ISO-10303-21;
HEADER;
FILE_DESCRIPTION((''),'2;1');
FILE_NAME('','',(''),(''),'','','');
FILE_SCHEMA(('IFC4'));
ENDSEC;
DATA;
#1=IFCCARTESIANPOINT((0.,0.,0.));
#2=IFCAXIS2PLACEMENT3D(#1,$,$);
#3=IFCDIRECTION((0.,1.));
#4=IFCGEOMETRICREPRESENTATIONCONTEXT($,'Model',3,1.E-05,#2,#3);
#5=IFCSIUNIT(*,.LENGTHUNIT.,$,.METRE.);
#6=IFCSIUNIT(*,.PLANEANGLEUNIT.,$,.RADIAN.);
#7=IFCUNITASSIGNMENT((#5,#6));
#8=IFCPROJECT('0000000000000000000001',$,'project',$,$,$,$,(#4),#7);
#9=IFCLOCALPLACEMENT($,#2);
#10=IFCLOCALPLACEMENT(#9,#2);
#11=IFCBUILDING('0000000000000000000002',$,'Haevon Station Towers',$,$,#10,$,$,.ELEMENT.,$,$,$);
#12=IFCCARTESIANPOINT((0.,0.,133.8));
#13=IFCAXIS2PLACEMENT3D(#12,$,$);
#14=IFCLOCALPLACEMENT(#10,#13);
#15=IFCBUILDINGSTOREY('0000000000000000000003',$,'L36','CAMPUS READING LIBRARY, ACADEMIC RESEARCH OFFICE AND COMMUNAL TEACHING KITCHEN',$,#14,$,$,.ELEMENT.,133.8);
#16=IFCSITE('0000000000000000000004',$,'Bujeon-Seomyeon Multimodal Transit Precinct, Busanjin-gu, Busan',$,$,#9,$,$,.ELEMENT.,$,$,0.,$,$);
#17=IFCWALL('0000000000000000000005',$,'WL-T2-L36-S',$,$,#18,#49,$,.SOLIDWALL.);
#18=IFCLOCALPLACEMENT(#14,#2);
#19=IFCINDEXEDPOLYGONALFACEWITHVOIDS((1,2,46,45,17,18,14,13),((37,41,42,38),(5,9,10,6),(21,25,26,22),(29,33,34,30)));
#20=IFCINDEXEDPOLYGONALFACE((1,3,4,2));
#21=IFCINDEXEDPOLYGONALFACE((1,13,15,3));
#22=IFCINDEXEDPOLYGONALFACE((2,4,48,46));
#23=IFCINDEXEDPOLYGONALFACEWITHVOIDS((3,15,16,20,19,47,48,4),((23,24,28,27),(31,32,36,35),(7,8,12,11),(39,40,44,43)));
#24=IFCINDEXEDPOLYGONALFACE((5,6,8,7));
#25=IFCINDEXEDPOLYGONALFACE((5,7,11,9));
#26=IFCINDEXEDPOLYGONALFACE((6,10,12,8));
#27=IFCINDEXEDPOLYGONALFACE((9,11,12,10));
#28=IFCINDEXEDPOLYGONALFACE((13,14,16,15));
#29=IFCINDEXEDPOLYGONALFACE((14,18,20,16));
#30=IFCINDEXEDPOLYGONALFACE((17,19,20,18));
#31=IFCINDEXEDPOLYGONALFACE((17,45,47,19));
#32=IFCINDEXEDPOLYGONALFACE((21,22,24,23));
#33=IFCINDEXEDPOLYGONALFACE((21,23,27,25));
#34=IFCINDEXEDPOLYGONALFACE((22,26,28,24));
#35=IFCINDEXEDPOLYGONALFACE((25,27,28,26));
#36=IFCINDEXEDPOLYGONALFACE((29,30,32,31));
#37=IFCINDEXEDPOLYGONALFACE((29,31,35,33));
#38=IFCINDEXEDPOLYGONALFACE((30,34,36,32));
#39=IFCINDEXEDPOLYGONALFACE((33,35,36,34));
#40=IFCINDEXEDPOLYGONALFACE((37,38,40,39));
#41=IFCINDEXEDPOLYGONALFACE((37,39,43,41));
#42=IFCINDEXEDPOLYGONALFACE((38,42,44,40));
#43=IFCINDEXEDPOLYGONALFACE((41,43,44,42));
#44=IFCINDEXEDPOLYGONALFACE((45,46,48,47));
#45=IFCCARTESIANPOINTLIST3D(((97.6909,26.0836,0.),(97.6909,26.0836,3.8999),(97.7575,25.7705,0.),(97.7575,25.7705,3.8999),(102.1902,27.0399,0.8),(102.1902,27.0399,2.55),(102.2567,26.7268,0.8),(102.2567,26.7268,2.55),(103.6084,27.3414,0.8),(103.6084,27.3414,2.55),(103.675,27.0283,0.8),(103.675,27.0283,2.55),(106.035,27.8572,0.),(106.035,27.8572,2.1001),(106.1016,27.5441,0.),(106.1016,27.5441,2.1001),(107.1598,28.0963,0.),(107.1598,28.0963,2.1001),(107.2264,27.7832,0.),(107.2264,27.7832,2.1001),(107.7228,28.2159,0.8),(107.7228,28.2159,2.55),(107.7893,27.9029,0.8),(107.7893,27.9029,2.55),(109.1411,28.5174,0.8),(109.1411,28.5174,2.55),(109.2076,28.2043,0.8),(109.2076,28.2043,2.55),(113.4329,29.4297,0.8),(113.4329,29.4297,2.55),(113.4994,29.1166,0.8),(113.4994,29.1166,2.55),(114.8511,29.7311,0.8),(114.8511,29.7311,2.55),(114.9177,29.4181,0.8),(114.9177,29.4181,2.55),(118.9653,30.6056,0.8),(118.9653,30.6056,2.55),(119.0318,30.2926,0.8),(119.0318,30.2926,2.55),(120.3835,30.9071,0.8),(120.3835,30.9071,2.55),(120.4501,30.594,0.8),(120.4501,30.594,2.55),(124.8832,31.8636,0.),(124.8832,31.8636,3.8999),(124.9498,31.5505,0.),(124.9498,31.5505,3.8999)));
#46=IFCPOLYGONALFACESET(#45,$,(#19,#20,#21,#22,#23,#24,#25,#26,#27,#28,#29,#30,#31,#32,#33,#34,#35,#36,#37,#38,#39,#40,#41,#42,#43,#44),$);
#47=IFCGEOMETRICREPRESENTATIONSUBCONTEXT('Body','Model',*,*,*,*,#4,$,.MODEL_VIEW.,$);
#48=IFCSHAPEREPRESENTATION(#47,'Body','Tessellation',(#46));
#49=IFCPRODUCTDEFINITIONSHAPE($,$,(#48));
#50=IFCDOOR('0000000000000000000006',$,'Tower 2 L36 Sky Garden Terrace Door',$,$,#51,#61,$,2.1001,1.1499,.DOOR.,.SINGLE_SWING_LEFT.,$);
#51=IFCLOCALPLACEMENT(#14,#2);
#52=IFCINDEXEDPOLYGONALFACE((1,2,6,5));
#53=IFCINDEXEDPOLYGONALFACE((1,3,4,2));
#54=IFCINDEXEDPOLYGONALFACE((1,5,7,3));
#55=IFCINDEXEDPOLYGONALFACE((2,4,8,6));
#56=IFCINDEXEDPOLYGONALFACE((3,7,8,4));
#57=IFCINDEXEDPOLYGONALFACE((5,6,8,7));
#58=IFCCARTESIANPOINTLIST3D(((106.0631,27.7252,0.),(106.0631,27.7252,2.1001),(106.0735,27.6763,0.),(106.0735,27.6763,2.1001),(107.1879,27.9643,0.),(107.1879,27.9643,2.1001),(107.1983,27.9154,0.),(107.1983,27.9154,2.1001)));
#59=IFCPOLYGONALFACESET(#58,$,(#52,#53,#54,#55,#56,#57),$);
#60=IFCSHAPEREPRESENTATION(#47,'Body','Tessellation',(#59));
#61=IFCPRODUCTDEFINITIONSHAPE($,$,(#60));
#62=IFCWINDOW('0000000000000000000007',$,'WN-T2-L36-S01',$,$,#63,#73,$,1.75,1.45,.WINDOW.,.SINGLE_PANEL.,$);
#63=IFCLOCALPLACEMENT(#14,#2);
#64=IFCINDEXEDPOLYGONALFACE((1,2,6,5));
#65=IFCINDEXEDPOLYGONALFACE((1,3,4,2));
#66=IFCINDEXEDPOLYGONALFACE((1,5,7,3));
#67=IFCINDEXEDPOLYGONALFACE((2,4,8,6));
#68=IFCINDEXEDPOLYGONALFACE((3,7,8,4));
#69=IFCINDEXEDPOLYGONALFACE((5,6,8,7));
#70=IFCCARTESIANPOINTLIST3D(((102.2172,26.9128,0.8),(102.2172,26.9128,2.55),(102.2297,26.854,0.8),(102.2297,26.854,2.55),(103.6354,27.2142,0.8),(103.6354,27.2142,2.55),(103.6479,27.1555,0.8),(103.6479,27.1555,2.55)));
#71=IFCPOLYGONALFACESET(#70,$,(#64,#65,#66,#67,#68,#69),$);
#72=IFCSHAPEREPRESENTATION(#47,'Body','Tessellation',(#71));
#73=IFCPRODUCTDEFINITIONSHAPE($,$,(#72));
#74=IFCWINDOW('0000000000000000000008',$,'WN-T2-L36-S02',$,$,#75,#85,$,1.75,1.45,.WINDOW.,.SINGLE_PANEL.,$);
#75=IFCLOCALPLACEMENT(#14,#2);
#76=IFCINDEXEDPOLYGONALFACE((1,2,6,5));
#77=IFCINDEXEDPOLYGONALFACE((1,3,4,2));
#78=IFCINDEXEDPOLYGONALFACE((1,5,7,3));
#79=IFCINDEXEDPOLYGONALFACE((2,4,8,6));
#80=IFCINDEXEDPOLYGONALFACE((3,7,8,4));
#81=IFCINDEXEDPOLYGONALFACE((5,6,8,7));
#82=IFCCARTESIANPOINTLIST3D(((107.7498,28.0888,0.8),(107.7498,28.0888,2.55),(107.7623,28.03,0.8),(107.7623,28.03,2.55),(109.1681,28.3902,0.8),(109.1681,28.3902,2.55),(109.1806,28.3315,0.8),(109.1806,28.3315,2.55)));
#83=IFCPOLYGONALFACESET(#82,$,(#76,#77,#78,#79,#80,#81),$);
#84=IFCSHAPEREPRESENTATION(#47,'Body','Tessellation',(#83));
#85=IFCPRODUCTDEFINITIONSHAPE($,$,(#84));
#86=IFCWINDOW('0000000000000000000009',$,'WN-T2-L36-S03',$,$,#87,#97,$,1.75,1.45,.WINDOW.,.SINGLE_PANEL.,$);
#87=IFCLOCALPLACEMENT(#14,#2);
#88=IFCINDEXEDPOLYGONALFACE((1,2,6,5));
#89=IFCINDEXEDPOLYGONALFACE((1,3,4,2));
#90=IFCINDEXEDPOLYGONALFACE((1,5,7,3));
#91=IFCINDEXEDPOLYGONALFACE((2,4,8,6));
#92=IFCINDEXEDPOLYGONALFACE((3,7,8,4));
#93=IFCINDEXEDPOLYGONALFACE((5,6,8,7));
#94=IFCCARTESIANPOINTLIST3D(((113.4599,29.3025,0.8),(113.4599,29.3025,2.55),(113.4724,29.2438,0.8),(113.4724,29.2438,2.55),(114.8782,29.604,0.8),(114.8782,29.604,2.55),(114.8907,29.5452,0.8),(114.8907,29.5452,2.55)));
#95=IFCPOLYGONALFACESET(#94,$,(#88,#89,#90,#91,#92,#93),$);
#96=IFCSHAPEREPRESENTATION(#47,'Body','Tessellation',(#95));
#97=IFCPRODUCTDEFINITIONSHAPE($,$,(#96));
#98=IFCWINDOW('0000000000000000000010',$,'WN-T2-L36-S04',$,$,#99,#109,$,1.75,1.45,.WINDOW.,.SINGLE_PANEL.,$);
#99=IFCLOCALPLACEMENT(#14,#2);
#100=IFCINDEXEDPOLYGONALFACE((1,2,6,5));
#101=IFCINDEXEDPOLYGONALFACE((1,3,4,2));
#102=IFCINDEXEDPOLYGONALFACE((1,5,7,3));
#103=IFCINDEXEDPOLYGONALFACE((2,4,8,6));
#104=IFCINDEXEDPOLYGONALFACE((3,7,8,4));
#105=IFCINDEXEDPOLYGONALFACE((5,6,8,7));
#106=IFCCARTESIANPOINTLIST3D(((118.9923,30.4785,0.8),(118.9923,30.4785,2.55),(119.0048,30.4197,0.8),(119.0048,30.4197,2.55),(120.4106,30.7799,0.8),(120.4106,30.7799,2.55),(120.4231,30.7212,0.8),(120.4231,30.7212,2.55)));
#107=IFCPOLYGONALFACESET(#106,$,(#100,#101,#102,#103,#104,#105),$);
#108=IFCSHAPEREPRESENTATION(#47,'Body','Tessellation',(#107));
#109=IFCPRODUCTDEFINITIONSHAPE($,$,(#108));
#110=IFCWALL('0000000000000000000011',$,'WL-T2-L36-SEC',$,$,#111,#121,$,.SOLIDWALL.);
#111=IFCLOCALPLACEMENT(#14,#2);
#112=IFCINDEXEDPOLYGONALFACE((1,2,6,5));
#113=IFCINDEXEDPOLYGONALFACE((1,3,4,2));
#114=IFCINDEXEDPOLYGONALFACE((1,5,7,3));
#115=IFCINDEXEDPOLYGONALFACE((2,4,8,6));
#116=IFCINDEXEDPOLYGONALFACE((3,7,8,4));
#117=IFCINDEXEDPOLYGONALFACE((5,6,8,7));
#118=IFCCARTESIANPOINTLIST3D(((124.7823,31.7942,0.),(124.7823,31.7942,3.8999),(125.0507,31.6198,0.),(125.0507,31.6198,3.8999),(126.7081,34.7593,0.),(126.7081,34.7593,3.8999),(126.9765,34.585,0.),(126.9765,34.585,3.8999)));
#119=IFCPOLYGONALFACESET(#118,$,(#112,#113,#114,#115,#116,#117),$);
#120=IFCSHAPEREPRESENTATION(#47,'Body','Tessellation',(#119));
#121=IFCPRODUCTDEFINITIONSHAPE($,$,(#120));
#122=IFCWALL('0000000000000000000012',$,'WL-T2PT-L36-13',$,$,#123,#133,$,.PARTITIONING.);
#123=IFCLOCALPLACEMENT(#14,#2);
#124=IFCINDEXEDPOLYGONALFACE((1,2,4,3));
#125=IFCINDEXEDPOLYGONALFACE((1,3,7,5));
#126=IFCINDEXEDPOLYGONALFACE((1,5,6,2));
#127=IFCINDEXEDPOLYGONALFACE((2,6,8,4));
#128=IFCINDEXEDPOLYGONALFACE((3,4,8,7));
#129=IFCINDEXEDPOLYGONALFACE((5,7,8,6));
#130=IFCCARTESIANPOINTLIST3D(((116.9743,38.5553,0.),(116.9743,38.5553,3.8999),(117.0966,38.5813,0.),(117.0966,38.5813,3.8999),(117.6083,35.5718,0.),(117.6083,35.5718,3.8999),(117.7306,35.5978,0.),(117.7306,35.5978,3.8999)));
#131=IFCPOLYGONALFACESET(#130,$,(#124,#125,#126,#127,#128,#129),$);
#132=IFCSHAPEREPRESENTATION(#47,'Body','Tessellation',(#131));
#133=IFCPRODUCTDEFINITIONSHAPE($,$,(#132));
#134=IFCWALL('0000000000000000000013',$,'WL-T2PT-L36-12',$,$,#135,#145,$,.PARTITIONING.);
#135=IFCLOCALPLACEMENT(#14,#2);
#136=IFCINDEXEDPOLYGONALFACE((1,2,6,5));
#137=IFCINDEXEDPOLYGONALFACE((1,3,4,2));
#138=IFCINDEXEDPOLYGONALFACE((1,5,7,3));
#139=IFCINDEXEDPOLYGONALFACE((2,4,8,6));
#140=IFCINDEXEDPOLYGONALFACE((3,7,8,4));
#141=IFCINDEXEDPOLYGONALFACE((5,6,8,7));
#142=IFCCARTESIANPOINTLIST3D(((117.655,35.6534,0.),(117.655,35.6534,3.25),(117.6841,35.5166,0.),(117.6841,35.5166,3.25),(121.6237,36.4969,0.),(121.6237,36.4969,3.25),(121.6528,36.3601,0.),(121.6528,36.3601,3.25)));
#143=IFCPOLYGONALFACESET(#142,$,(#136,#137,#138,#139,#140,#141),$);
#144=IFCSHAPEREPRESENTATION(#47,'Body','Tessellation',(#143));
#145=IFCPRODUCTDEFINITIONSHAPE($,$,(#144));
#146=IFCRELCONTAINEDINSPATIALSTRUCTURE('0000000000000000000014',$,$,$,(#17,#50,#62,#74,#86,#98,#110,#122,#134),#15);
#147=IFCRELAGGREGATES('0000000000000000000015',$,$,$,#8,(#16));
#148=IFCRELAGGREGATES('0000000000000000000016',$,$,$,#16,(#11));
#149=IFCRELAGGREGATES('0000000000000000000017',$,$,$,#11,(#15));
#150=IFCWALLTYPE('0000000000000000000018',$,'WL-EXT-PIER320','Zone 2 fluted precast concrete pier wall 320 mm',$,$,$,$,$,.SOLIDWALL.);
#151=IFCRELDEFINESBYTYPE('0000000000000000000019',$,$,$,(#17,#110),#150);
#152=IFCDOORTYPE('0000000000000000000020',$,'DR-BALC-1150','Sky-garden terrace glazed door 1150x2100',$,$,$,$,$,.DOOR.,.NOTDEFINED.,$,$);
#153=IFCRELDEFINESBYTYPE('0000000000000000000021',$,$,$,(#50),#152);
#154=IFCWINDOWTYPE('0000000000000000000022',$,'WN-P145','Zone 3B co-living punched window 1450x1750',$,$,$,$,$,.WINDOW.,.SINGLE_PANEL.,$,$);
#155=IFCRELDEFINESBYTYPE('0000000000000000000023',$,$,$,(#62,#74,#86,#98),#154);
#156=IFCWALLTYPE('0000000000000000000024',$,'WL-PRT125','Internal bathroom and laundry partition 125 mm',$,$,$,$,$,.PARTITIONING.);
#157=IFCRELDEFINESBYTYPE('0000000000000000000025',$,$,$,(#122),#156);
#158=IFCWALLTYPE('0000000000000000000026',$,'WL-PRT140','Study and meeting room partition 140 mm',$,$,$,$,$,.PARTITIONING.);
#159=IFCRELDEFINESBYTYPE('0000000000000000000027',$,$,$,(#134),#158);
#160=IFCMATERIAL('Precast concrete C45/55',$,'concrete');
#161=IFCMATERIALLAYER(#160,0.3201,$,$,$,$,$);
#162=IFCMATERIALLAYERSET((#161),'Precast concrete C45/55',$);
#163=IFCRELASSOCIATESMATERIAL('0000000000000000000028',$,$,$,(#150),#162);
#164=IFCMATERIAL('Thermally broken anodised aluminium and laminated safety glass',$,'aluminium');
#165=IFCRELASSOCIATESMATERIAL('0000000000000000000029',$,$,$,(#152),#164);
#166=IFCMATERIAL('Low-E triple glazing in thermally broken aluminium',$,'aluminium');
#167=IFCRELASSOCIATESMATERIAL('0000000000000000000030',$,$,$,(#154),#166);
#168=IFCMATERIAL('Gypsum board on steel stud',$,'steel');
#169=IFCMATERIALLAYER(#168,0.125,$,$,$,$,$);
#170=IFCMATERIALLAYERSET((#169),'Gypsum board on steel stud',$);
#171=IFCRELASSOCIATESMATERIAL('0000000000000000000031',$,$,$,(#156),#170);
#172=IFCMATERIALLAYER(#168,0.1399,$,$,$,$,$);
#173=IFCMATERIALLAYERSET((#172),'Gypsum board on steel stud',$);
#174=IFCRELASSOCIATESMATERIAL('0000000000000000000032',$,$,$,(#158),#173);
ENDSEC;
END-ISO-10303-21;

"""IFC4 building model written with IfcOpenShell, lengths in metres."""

from ifc_helpers import new_model, si_unit, direction, frame, frame_2d, origin, place, context, subcontext, project, spatial, rectangle, extrude, material, layer, layer_set, type_object, element, fill, save


model = new_model("IFC4")

# Units and contexts
model_context = context("Model", 3, precision=1e-05, world=origin(), true_north=direction((0.0, 1.0)))
body_context = subcontext(model_context, "Body", "Model", "MODEL_VIEW")
ifc_project = project(units=[si_unit("LENGTHUNIT", "METRE"), si_unit("PLANEANGLEUNIT", "RADIAN")], contexts=[model_context])

# Site, building, storey
site_placement = place(None, origin())
site = spatial("IfcSite", under=ifc_project, at=site_placement, Name="Bujeon-Seomyeon Multimodal Transit Precinct, Busanjin-gu, Busan", CompositionType="ELEMENT", RefElevation=0.0)
building_placement = place(site_placement, origin())
building = spatial("IfcBuilding", under=site, at=building_placement, Name="Haevon Station Towers", CompositionType="ELEMENT")
storey_placement = place(building_placement, frame((0.0, 0.0, 133.8)))
storey = spatial("IfcBuildingStorey", under=building, at=storey_placement, Name="L36", Description="CAMPUS READING LIBRARY, ACADEMIC RESEARCH OFFICE AND COMMUNAL TEACHING KITCHEN", CompositionType="ELEMENT", Elevation=133.8)

# Wall, openings, door, windows
ifc_material_1 = material(Name="Precast concrete C45/55", Category="concrete")
ifc_layer_1 = layer(ifc_material_1, 0.3201)
ifc_layer_set_1 = layer_set([ifc_layer_1], Name="Precast concrete C45/55")
wall_type_1 = type_object("IfcWallType", Name="WL-EXT-PIER320", Description="Zone 2 fluted precast concrete pier wall 320 mm", PredefinedType="SOLIDWALL", material=ifc_layer_set_1)
wall_1_placement = place(storey_placement, frame((124.9165, 31.707, 0.0), z_axis=(0.0, 0.0, 1.0), x_axis=(-0.978147, -0.207915, 0.0)))
wall_1 = element("IfcWall", 1, at=wall_1_placement, inside=storey, type_object=wall_type_1, Name="WL-T2-L36-S", PredefinedType="SOLIDWALL", context=body_context, shape_type="SweptSolid", body=[
    extrude(rectangle(XDim=27.7998, YDim=0.3201, at=frame_2d((13.8999, 0.0))), origin(), (0.0, 0.0, 1.0), 3.8999),
])
opening_1_placement = place(wall_1_placement, frame((18.1194, 0.0, 0.0)))
opening_1 = element("IfcOpeningElement", 2, at=opening_1_placement, cuts=wall_1, PredefinedType="OPENING", context=body_context, shape_type="SweptSolid", body=[
    extrude(rectangle(XDim=1.1499, YDim=2.1001, at=frame_2d((0.575, 1.05))), frame((0.0, 0.1699, 0.0), z_axis=(0.0, -1.0, 0.0), x_axis=(1.0, 0.0, 0.0)), (0.0, 0.0, 1.0), 0.3401),
])
opening_2_placement = place(wall_1_placement, frame((21.75, 0.0, 0.8)))
opening_2 = element("IfcOpeningElement", 3, at=opening_2_placement, cuts=wall_1, PredefinedType="OPENING", context=body_context, shape_type="SweptSolid", body=[
    extrude(rectangle(XDim=1.45, YDim=1.75, at=frame_2d((0.7251, 0.875))), frame((0.0, 0.1699, 0.0), z_axis=(0.0, -1.0, 0.0), x_axis=(1.0, 0.0, 0.0)), (0.0, 0.0, 1.0), 0.3401),
])
opening_3_placement = place(wall_1_placement, frame((16.0938, 0.0, 0.8)))
opening_3 = element("IfcOpeningElement", 4, at=opening_3_placement, cuts=wall_1, PredefinedType="OPENING", context=body_context, shape_type="SweptSolid", body=[
    extrude(rectangle(XDim=1.45, YDim=1.75, at=frame_2d((0.7251, 0.875))), frame((0.0, 0.1699, 0.0), z_axis=(0.0, -1.0, 0.0), x_axis=(1.0, 0.0, 0.0)), (0.0, 0.0, 1.0), 0.3401),
])
opening_4_placement = place(wall_1_placement, frame((10.2561, 0.0, 0.8)))
opening_4 = element("IfcOpeningElement", 5, at=opening_4_placement, cuts=wall_1, PredefinedType="OPENING", context=body_context, shape_type="SweptSolid", body=[
    extrude(rectangle(XDim=1.45, YDim=1.75, at=frame_2d((0.7251, 0.875))), frame((0.0, 0.1699, 0.0), z_axis=(0.0, -1.0, 0.0), x_axis=(1.0, 0.0, 0.0)), (0.0, 0.0, 1.0), 0.3401),
])
opening_5_placement = place(wall_1_placement, frame((4.6001, 0.0, 0.8)))
opening_5 = element("IfcOpeningElement", 6, at=opening_5_placement, cuts=wall_1, PredefinedType="OPENING", context=body_context, shape_type="SweptSolid", body=[
    extrude(rectangle(XDim=1.45, YDim=1.75, at=frame_2d((0.7251, 0.875))), frame((0.0, 0.1699, 0.0), z_axis=(0.0, -1.0, 0.0), x_axis=(1.0, 0.0, 0.0)), (0.0, 0.0, 1.0), 0.3401),
])
ifc_material_2 = material(Name="Thermally broken anodised aluminium and laminated safety glass", Category="aluminium")
door_type_1 = type_object("IfcDoorType", Name="DR-BALC-1150", Description="Sky-garden terrace glazed door 1150x2100", OperationType="NOTDEFINED", PredefinedType="DOOR", material=ifc_material_2)
door_1_placement = place(opening_1_placement, origin())
door_1 = element("IfcDoor", 7, at=door_1_placement, inside=storey, type_object=door_type_1, Name="Tower 2 L36 Sky Garden Terrace Door", OperationType="SINGLE_SWING_LEFT", OverallHeight=2.1001, OverallWidth=1.1499, PredefinedType="DOOR", context=body_context, shape_type="SweptSolid", body=[
    extrude(rectangle(XDim=1.1499, YDim=2.1001, at=frame_2d((0.575, 1.05))), frame((0.0, 0.0249, 0.0), z_axis=(0.0, -1.0, 0.0), x_axis=(1.0, 0.0, 0.0)), (0.0, 0.0, 1.0), 0.05),
])
fill(opening_1, door_1)
ifc_material_3 = material(Name="Low-E triple glazing in thermally broken aluminium", Category="aluminium")
window_type = type_object("IfcWindowType", Name="WN-P145", Description="Zone 3B co-living punched window 1450x1750", PartitioningType="SINGLE_PANEL", PredefinedType="WINDOW", material=ifc_material_3)
window_1_placement = place(opening_2_placement, origin())
window_1 = element("IfcWindow", 8, at=window_1_placement, inside=storey, type_object=window_type, Name="WN-T2-L36-S01", OverallHeight=1.75, OverallWidth=1.45, PartitioningType="SINGLE_PANEL", PredefinedType="WINDOW", context=body_context, shape_type="SweptSolid", body=[
    extrude(rectangle(XDim=1.45, YDim=1.75, at=frame_2d((0.7251, 0.875))), frame((0.0, 0.03, 0.0), z_axis=(0.0, -1.0, 0.0), x_axis=(1.0, 0.0, 0.0)), (0.0, 0.0, 1.0), 0.0601),
])
fill(opening_2, window_1)
window_2_placement = place(opening_3_placement, origin())
window_2 = element("IfcWindow", 9, at=window_2_placement, inside=storey, type_object=window_type, Name="WN-T2-L36-S02", OverallHeight=1.75, OverallWidth=1.45, PartitioningType="SINGLE_PANEL", PredefinedType="WINDOW", context=body_context, shape_type="SweptSolid", body=[
    extrude(rectangle(XDim=1.45, YDim=1.75, at=frame_2d((0.7251, 0.875))), frame((0.0, 0.03, 0.0), z_axis=(0.0, -1.0, 0.0), x_axis=(1.0, 0.0, 0.0)), (0.0, 0.0, 1.0), 0.0601),
])
fill(opening_3, window_2)
window_3_placement = place(opening_4_placement, origin())
window_3 = element("IfcWindow", 10, at=window_3_placement, inside=storey, type_object=window_type, Name="WN-T2-L36-S03", OverallHeight=1.75, OverallWidth=1.45, PartitioningType="SINGLE_PANEL", PredefinedType="WINDOW", context=body_context, shape_type="SweptSolid", body=[
    extrude(rectangle(XDim=1.45, YDim=1.75, at=frame_2d((0.7251, 0.875))), frame((0.0, 0.03, 0.0), z_axis=(0.0, -1.0, 0.0), x_axis=(1.0, 0.0, 0.0)), (0.0, 0.0, 1.0), 0.0601),
])
fill(opening_4, window_3)
window_4_placement = place(opening_5_placement, origin())
window_4 = element("IfcWindow", 11, at=window_4_placement, inside=storey, type_object=window_type, Name="WN-T2-L36-S04", OverallHeight=1.75, OverallWidth=1.45, PartitioningType="SINGLE_PANEL", PredefinedType="WINDOW", context=body_context, shape_type="SweptSolid", body=[
    extrude(rectangle(XDim=1.45, YDim=1.75, at=frame_2d((0.7251, 0.875))), frame((0.0, 0.03, 0.0), z_axis=(0.0, -1.0, 0.0), x_axis=(1.0, 0.0, 0.0)), (0.0, 0.0, 1.0), 0.0601),
])
fill(opening_5, window_4)

# Walls
wall_2_placement = place(storey_placement, frame((126.8423, 34.6721, 0.0), z_axis=(0.0, 0.0, 1.0), x_axis=(-0.544685, -0.838641, 0.0)))
element("IfcWall", 12, at=wall_2_placement, inside=storey, type_object=wall_type_1, Name="WL-T2-L36-SEC", PredefinedType="SOLIDWALL", context=body_context, shape_type="SweptSolid", body=[
    extrude(rectangle(XDim=3.5356, YDim=0.3201, at=frame_2d((1.7678, 0.0))), origin(), (0.0, 0.0, 1.0), 3.8999),
])
ifc_material_4 = material(Name="Gypsum board on steel stud", Category="steel")
ifc_layer_2 = layer(ifc_material_4, 0.125)
ifc_layer_set_2 = layer_set([ifc_layer_2], Name="Gypsum board on steel stud")
wall_type_2 = type_object("IfcWallType", Name="WL-PRT125", Description="Internal bathroom and laundry partition 125 mm", PredefinedType="PARTITIONING", material=ifc_layer_set_2)
wall_3_placement = place(storey_placement, frame((117.6694, 35.585, 0.0), z_axis=(0.0, 0.0, 1.0), x_axis=(-0.207878, 0.978155, 0.0)))
element("IfcWall", 13, at=wall_3_placement, inside=storey, type_object=wall_type_2, Name="WL-T2PT-L36-13", PredefinedType="PARTITIONING", context=body_context, shape_type="SweptSolid", body=[
    extrude(rectangle(XDim=3.05, YDim=0.125, at=frame_2d((1.5249, 0.0))), origin(), (0.0, 0.0, 1.0), 3.8999),
])
ifc_layer_3 = layer(ifc_material_4, 0.1399)
ifc_layer_set_3 = layer_set([ifc_layer_3], Name="Gypsum board on steel stud")
wall_type_3 = type_object("IfcWallType", Name="WL-PRT140", Description="Study and meeting room partition 140 mm", PredefinedType="PARTITIONING", material=ifc_layer_set_3)
wall_4_placement = place(storey_placement, frame((117.6694, 35.585, 0.0), z_axis=(0.0, 0.0, 1.0), x_axis=(0.978152, 0.207893, 0.0)))
element("IfcWall", 14, at=wall_4_placement, inside=storey, type_object=wall_type_3, Name="WL-T2PT-L36-12", PredefinedType="PARTITIONING", context=body_context, shape_type="SweptSolid", body=[
    extrude(rectangle(XDim=4.0574, YDim=0.1399, at=frame_2d((2.0288, 0.0))), origin(), (0.0, 0.0, 1.0), 3.25),
])

save(model, "model.ifc")
